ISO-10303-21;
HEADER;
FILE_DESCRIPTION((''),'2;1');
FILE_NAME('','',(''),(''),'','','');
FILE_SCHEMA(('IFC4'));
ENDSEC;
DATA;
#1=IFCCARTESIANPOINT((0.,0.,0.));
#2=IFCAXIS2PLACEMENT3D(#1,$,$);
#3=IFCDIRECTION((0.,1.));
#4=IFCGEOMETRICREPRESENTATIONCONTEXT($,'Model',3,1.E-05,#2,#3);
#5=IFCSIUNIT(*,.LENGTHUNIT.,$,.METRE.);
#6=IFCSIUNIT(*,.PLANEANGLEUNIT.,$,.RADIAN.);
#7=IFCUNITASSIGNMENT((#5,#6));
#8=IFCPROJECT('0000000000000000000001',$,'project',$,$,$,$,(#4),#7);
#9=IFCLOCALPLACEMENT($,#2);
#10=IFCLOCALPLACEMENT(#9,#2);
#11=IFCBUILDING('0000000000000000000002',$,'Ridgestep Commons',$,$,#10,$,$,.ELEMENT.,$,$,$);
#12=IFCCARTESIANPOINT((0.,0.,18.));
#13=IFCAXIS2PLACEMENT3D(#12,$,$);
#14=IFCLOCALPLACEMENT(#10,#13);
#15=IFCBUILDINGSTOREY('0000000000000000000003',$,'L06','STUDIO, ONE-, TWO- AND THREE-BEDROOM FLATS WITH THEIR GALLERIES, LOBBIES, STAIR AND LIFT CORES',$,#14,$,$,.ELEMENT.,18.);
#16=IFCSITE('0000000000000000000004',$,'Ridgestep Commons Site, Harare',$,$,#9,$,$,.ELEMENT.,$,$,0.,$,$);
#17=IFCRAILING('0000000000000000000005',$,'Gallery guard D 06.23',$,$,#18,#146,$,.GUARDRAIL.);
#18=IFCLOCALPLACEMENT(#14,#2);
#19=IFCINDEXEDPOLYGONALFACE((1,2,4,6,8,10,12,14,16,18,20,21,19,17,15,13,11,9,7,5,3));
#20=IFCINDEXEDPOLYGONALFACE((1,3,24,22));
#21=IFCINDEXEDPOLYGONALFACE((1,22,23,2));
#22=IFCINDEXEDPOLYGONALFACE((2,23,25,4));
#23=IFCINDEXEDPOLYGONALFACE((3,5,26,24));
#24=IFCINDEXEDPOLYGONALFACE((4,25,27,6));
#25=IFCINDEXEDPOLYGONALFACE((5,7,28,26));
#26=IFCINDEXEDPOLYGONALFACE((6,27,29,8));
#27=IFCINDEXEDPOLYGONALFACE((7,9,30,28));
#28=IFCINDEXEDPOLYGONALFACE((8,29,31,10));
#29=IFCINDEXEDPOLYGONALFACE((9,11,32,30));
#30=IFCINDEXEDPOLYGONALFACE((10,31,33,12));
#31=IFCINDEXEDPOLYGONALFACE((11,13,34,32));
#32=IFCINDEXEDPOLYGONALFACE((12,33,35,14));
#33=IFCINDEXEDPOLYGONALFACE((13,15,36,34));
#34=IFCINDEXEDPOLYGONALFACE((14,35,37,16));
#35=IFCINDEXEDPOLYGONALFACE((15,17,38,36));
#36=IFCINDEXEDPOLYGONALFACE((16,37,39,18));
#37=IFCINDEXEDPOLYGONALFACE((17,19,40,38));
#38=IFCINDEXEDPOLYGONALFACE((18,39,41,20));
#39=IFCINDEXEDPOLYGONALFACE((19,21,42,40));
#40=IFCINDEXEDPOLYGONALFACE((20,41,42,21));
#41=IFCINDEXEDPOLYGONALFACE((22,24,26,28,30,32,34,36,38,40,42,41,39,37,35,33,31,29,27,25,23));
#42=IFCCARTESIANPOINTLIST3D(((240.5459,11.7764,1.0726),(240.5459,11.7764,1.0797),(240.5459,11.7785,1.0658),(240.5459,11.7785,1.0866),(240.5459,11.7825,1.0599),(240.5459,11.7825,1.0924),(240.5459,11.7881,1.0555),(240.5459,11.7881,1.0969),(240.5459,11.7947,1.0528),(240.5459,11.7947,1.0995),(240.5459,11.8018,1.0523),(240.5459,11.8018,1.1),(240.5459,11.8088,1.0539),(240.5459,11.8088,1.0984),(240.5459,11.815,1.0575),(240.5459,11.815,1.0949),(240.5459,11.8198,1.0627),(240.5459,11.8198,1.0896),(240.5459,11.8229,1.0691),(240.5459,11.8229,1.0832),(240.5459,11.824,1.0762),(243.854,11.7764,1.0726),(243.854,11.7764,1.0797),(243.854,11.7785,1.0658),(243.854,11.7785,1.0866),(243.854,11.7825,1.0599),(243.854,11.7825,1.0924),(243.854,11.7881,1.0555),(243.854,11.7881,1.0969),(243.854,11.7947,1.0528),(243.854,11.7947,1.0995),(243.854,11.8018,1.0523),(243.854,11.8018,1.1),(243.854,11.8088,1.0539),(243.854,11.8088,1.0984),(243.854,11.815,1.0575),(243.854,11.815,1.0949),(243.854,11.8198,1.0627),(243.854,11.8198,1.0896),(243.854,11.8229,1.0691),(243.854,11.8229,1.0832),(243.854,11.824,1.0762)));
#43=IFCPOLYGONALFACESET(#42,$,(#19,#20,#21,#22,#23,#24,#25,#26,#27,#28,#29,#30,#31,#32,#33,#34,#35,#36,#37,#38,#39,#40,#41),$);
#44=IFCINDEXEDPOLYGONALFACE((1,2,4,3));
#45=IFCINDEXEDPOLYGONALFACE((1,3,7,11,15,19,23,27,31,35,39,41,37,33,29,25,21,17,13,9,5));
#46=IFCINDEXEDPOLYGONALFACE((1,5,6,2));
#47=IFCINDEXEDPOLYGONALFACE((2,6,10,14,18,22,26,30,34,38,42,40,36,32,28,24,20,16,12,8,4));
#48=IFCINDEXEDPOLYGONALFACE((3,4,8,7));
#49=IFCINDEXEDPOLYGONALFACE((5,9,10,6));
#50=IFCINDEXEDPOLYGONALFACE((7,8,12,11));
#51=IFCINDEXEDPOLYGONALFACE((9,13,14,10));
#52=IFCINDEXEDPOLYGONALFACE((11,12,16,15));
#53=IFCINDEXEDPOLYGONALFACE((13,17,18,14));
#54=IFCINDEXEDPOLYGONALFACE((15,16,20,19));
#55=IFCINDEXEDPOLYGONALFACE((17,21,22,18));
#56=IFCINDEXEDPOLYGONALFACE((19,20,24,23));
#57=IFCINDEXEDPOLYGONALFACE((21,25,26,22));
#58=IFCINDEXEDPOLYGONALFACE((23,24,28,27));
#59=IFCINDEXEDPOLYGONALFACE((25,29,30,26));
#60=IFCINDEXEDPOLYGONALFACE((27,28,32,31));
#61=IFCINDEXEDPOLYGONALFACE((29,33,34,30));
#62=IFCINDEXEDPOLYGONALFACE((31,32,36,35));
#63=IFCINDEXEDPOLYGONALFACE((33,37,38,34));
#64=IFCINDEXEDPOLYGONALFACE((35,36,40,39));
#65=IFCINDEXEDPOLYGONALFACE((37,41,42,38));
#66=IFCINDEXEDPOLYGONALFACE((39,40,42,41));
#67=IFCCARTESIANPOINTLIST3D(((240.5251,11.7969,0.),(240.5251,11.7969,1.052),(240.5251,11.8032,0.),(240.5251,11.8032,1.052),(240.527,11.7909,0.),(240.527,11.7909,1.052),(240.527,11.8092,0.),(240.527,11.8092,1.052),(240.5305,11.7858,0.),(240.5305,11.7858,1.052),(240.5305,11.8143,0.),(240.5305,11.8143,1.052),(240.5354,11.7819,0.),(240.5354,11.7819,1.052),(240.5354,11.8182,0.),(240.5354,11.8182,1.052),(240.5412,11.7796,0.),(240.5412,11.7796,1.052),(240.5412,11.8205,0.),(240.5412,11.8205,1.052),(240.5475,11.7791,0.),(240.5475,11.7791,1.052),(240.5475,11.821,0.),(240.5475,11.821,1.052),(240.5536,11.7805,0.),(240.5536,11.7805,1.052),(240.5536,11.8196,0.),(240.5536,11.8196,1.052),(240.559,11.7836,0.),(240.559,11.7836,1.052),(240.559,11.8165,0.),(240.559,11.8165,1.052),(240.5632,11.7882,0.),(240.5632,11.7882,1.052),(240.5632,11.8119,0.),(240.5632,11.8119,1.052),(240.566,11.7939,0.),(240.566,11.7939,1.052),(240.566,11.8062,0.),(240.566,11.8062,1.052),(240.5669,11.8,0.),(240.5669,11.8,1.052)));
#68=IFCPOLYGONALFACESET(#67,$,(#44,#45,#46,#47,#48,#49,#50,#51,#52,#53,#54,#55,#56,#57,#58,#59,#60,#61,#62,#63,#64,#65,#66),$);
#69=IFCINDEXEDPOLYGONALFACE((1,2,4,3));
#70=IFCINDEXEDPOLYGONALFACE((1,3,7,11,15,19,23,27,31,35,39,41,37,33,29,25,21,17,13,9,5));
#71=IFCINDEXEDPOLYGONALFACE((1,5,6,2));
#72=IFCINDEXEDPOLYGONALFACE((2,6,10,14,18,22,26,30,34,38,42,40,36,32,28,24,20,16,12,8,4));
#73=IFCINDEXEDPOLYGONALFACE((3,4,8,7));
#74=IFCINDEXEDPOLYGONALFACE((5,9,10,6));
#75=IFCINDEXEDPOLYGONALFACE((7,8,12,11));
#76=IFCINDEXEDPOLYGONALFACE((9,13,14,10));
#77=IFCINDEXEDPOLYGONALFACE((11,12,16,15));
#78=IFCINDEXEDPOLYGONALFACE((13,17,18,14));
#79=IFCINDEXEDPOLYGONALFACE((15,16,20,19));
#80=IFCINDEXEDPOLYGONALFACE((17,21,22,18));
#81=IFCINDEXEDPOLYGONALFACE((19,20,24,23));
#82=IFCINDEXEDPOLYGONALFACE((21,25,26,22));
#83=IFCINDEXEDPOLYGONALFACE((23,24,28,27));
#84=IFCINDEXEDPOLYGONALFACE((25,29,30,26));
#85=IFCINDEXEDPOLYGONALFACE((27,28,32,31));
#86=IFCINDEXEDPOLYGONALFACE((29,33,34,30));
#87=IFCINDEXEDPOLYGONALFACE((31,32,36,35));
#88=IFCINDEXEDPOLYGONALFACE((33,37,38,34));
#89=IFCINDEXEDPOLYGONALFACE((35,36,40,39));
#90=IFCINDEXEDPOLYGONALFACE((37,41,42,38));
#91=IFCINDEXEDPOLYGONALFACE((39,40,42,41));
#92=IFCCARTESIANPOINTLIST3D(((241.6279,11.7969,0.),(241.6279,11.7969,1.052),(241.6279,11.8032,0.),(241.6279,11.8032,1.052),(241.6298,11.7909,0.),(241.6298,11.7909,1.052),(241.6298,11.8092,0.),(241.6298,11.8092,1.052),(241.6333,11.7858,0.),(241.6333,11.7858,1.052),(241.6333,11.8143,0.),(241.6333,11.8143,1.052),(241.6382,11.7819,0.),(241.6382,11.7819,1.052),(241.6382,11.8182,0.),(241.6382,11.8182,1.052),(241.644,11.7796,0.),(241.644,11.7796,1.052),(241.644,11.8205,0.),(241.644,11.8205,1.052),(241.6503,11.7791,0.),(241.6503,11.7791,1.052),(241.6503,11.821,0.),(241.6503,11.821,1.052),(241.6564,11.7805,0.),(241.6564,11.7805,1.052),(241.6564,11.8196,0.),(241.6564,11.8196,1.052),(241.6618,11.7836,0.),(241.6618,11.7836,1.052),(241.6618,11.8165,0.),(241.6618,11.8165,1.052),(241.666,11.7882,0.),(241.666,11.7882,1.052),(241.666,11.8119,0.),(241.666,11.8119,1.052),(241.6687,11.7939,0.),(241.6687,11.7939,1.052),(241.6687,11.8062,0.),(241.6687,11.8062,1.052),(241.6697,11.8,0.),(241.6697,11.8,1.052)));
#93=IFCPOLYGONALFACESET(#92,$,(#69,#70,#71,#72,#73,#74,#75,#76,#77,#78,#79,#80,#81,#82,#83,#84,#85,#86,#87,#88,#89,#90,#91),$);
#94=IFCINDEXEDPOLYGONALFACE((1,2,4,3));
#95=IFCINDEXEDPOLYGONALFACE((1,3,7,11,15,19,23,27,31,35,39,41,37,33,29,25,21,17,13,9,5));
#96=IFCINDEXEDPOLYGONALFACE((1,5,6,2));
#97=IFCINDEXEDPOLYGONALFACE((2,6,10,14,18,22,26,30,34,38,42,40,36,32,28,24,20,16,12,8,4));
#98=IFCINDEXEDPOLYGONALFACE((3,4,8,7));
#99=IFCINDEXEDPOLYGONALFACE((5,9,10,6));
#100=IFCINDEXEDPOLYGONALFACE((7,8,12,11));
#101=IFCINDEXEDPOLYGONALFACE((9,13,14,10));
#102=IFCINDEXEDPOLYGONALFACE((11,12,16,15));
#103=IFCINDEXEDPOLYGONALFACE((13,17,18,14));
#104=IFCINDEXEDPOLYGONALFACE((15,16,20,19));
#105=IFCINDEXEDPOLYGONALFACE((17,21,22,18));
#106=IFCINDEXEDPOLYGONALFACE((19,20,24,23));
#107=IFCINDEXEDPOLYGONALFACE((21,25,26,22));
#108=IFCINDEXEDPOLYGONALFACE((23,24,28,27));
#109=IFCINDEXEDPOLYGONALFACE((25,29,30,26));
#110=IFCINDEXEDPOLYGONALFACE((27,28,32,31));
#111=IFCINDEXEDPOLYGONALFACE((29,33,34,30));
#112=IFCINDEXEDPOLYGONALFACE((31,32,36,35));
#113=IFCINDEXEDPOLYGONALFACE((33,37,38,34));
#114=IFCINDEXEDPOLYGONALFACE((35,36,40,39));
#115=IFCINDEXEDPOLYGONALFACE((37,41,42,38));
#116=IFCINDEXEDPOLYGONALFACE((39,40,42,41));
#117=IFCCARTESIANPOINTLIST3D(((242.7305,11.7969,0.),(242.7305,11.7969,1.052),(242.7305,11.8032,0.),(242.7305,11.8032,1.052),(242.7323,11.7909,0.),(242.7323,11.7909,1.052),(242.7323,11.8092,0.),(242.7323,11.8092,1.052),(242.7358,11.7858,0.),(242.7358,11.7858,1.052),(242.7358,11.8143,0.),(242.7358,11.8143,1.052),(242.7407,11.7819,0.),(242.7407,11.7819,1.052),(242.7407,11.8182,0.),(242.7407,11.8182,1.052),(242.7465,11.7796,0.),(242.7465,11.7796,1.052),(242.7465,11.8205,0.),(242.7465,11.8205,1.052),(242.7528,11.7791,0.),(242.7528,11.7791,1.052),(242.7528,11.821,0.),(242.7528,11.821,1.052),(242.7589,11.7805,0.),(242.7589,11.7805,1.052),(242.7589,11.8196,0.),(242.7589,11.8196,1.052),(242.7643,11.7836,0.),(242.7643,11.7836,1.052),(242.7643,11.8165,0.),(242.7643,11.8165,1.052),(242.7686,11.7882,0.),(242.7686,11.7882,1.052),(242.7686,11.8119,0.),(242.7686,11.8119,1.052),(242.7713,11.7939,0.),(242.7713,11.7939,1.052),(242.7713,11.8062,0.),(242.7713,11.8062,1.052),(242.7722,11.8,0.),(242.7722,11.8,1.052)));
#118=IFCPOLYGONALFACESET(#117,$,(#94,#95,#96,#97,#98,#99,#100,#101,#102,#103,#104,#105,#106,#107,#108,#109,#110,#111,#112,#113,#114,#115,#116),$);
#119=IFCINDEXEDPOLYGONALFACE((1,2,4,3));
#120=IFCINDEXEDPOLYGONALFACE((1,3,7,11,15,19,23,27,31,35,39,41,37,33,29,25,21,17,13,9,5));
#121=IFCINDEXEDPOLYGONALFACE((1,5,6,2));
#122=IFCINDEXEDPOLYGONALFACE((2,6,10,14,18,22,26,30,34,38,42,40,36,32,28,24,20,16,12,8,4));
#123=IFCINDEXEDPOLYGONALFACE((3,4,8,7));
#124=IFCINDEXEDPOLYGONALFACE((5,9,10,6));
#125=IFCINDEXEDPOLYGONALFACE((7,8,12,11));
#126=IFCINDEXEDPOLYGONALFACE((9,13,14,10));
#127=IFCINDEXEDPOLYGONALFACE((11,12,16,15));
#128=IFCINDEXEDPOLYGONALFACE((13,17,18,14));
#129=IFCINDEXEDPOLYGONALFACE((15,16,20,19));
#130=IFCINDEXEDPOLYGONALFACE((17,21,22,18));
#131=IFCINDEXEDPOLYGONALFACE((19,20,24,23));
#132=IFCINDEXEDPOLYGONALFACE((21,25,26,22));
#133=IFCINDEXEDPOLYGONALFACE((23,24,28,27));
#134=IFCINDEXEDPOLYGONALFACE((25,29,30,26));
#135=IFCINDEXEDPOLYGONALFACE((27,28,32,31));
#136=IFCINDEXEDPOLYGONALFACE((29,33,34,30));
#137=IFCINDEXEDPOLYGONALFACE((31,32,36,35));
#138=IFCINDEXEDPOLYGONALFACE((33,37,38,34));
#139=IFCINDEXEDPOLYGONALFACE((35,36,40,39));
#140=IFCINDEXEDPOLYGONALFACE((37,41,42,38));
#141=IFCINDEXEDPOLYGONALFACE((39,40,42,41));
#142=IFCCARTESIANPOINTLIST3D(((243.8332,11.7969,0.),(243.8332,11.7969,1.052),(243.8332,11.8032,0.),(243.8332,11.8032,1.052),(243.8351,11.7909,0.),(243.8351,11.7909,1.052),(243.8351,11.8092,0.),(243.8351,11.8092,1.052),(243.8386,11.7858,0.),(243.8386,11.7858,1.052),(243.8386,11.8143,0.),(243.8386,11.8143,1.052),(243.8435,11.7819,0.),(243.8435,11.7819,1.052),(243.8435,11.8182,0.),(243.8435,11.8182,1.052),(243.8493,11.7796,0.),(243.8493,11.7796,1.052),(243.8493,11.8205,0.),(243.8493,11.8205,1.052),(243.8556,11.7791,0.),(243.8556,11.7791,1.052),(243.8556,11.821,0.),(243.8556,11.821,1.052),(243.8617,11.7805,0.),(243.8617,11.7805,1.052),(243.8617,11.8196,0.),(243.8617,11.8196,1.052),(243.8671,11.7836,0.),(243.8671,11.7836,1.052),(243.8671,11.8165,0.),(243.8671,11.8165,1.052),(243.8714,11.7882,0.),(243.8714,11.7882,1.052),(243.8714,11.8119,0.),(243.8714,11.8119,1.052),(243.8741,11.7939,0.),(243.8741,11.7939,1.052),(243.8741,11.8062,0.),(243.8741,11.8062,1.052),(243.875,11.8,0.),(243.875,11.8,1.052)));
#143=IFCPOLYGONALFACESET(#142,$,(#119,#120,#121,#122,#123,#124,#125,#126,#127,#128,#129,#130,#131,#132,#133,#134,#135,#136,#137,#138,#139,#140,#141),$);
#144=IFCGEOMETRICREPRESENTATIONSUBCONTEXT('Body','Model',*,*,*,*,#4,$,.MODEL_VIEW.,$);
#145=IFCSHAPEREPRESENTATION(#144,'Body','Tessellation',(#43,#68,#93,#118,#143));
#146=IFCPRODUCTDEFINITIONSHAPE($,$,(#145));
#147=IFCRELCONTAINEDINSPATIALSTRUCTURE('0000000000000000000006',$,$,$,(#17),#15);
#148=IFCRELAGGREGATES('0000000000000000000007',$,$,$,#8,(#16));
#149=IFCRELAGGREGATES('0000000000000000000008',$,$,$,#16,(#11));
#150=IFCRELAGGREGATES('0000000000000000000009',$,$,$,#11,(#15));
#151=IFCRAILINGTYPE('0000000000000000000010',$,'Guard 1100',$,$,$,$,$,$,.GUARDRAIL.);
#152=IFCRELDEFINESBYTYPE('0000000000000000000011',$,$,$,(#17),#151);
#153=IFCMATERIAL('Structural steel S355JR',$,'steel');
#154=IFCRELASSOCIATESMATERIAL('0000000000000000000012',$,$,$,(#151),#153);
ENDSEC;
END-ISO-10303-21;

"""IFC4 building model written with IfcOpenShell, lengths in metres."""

from ifc_helpers import new_model, si_unit, direction, frame, origin, origin_2d, place, context, subcontext, project, spatial, circle, extrude, material, type_object, element, save


model = new_model("IFC4")

# Units and contexts
model_context = context("Model", 3, precision=1e-05, world=origin(), true_north=direction((0.0, 1.0)))
body_context = subcontext(model_context, "Body", "Model", "MODEL_VIEW")
ifc_project = project(units=[si_unit("LENGTHUNIT", "METRE"), si_unit("PLANEANGLEUNIT", "RADIAN")], contexts=[model_context])

# Site, building, storey
site_placement = place(None, origin())
site = spatial("IfcSite", under=ifc_project, at=site_placement, Name="Ridgestep Commons Site, Harare", CompositionType="ELEMENT", RefElevation=0.0)
building_placement = place(site_placement, origin())
building = spatial("IfcBuilding", under=site, at=building_placement, Name="Ridgestep Commons", CompositionType="ELEMENT")
storey_placement = place(building_placement, frame((0.0, 0.0, 18.0)))
storey = spatial("IfcBuildingStorey", under=building, at=storey_placement, Name="L06", Description="STUDIO, ONE-, TWO- AND THREE-BEDROOM FLATS WITH THEIR GALLERIES, LOBBIES, STAIR AND LIFT CORES", CompositionType="ELEMENT", Elevation=18.0)

# Railing
ifc_material_1 = material(Name="Structural steel S355JR", Category="steel")
railing_type = type_object("IfcRailingType", Name="Guard 1100", PredefinedType="GUARDRAIL", material=ifc_material_1)
railing_1_placement = place(storey_placement, frame((240.5459, 11.8, 0.0)))
element("IfcRailing", 1, at=railing_1_placement, inside=storey, type_object=railing_type, Name="Gallery guard D 06.23", PredefinedType="GUARDRAIL", context=body_context, shape_type="SweptSolid", body=[
    extrude(circle(Radius=0.0239, at=origin_2d()), frame((0.0, 0.0, 1.0762), z_axis=(1.0, 0.0, 0.0), x_axis=(0.0, 1.0, 0.0)), (0.0, 0.0, 1.0), 3.3081),
    extrude(circle(Radius=0.021, at=origin_2d()), origin(), (0.0, 0.0, 1.0), 1.052),
    extrude(circle(Radius=0.021, at=origin_2d()), frame((1.1028, 0.0, 0.0)), (0.0, 0.0, 1.0), 1.052),
    extrude(circle(Radius=0.021, at=origin_2d()), frame((2.2053, 0.0, 0.0)), (0.0, 0.0, 1.0), 1.052),
    extrude(circle(Radius=0.021, at=origin_2d()), frame((3.3081, 0.0, 0.0)), (0.0, 0.0, 1.0), 1.052),
])

save(model, "model.ifc")
